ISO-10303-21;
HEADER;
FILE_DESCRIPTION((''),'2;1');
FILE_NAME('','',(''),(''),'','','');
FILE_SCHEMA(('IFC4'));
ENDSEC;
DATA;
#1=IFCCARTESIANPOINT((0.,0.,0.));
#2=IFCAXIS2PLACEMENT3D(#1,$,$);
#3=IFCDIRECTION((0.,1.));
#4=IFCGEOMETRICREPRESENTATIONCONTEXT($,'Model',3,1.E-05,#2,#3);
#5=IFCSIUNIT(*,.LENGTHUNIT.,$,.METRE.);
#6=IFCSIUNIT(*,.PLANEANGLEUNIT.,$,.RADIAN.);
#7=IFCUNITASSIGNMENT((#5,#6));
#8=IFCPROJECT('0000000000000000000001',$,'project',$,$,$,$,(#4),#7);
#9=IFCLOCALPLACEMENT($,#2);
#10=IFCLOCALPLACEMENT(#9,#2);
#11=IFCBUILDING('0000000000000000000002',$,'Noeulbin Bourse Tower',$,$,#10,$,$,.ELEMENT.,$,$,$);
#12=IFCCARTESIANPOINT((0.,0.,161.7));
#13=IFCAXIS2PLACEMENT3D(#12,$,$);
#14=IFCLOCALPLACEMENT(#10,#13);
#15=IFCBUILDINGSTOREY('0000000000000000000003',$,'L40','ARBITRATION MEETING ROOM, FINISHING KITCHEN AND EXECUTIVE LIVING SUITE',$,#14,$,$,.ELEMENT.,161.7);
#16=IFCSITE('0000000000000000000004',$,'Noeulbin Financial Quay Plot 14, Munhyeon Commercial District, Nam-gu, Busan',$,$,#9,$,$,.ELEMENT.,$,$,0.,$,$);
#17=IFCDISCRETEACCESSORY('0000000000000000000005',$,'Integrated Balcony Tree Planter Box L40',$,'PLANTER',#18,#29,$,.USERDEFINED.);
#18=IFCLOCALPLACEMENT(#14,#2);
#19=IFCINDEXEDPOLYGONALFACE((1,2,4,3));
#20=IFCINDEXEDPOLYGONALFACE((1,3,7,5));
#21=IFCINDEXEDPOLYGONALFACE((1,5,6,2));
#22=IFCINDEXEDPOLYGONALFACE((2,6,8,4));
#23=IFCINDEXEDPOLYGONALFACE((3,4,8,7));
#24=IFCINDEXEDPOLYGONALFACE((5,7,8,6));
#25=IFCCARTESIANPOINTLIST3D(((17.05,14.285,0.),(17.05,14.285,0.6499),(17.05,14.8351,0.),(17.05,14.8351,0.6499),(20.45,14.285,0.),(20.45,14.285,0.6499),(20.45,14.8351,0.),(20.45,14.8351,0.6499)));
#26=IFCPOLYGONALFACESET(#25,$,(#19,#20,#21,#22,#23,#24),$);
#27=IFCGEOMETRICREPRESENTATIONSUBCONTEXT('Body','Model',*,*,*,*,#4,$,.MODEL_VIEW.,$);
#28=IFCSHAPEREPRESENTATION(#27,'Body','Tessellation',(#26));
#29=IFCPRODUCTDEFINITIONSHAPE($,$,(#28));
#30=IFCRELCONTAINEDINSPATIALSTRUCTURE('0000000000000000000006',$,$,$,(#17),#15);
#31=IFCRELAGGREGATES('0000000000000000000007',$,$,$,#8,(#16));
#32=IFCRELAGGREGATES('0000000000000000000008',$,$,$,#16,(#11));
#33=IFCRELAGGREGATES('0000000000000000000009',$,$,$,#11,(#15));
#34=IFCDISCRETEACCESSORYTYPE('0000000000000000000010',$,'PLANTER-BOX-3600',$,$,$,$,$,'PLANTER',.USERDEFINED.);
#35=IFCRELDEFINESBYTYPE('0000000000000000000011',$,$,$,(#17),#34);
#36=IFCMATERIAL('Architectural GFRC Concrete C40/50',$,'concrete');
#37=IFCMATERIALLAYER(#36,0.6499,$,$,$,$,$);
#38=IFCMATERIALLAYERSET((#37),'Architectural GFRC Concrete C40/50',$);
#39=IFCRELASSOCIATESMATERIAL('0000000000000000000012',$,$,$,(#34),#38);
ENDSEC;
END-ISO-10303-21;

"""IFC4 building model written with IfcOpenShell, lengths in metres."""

from ifc_helpers import new_model, si_unit, direction, frame, origin, origin_2d, place, context, subcontext, project, spatial, rectangle, extrude, material, layer, layer_set, type_object, element, save


model = new_model("IFC4")

# Units and contexts
model_context = context("Model", 3, precision=1e-05, world=origin(), true_north=direction((0.0, 1.0)))
body_context = subcontext(model_context, "Body", "Model", "MODEL_VIEW")
ifc_project = project(units=[si_unit("LENGTHUNIT", "METRE"), si_unit("PLANEANGLEUNIT", "RADIAN")], contexts=[model_context])

# Site, building, storey
site_placement = place(None, origin())
site = spatial("IfcSite", under=ifc_project, at=site_placement, Name="Noeulbin Financial Quay Plot 14, Munhyeon Commercial District, Nam-gu, Busan", CompositionType="ELEMENT", RefElevation=0.0)
building_placement = place(site_placement, origin())
building = spatial("IfcBuilding", under=site, at=building_placement, Name="Noeulbin Bourse Tower", CompositionType="ELEMENT")
storey_placement = place(building_placement, frame((0.0, 0.0, 161.7)))
storey = spatial("IfcBuildingStorey", under=building, at=storey_placement, Name="L40", Description="ARBITRATION MEETING ROOM, FINISHING KITCHEN AND EXECUTIVE LIVING SUITE", CompositionType="ELEMENT", Elevation=161.7)

# Discrete accessory
ifc_material_1 = material(Name="Architectural GFRC Concrete C40/50", Category="concrete")
ifc_layer_1 = layer(ifc_material_1, 0.6499)
ifc_layer_set_1 = layer_set([ifc_layer_1], Name="Architectural GFRC Concrete C40/50")
discrete_accessory_type = type_object("IfcDiscreteAccessoryType", Name="PLANTER-BOX-3600", ElementType="PLANTER", PredefinedType="USERDEFINED", material=ifc_layer_set_1)
discrete_accessory_placement = place(storey_placement, frame((18.75, 14.5601, 0.0), z_axis=(0.0, 0.0, 1.0), x_axis=(1.0, 0.0, 0.0)))
element("IfcDiscreteAccessory", 1, at=discrete_accessory_placement, inside=storey, type_object=discrete_accessory_type, Name="Integrated Balcony Tree Planter Box L40", ObjectType="PLANTER", PredefinedType="USERDEFINED", context=body_context, shape_type="SweptSolid", body=[
    extrude(rectangle(XDim=3.3999, YDim=0.55, at=origin_2d()), origin(), (0.0, 0.0, 1.0), 0.6499),
])

save(model, "model.ifc")
